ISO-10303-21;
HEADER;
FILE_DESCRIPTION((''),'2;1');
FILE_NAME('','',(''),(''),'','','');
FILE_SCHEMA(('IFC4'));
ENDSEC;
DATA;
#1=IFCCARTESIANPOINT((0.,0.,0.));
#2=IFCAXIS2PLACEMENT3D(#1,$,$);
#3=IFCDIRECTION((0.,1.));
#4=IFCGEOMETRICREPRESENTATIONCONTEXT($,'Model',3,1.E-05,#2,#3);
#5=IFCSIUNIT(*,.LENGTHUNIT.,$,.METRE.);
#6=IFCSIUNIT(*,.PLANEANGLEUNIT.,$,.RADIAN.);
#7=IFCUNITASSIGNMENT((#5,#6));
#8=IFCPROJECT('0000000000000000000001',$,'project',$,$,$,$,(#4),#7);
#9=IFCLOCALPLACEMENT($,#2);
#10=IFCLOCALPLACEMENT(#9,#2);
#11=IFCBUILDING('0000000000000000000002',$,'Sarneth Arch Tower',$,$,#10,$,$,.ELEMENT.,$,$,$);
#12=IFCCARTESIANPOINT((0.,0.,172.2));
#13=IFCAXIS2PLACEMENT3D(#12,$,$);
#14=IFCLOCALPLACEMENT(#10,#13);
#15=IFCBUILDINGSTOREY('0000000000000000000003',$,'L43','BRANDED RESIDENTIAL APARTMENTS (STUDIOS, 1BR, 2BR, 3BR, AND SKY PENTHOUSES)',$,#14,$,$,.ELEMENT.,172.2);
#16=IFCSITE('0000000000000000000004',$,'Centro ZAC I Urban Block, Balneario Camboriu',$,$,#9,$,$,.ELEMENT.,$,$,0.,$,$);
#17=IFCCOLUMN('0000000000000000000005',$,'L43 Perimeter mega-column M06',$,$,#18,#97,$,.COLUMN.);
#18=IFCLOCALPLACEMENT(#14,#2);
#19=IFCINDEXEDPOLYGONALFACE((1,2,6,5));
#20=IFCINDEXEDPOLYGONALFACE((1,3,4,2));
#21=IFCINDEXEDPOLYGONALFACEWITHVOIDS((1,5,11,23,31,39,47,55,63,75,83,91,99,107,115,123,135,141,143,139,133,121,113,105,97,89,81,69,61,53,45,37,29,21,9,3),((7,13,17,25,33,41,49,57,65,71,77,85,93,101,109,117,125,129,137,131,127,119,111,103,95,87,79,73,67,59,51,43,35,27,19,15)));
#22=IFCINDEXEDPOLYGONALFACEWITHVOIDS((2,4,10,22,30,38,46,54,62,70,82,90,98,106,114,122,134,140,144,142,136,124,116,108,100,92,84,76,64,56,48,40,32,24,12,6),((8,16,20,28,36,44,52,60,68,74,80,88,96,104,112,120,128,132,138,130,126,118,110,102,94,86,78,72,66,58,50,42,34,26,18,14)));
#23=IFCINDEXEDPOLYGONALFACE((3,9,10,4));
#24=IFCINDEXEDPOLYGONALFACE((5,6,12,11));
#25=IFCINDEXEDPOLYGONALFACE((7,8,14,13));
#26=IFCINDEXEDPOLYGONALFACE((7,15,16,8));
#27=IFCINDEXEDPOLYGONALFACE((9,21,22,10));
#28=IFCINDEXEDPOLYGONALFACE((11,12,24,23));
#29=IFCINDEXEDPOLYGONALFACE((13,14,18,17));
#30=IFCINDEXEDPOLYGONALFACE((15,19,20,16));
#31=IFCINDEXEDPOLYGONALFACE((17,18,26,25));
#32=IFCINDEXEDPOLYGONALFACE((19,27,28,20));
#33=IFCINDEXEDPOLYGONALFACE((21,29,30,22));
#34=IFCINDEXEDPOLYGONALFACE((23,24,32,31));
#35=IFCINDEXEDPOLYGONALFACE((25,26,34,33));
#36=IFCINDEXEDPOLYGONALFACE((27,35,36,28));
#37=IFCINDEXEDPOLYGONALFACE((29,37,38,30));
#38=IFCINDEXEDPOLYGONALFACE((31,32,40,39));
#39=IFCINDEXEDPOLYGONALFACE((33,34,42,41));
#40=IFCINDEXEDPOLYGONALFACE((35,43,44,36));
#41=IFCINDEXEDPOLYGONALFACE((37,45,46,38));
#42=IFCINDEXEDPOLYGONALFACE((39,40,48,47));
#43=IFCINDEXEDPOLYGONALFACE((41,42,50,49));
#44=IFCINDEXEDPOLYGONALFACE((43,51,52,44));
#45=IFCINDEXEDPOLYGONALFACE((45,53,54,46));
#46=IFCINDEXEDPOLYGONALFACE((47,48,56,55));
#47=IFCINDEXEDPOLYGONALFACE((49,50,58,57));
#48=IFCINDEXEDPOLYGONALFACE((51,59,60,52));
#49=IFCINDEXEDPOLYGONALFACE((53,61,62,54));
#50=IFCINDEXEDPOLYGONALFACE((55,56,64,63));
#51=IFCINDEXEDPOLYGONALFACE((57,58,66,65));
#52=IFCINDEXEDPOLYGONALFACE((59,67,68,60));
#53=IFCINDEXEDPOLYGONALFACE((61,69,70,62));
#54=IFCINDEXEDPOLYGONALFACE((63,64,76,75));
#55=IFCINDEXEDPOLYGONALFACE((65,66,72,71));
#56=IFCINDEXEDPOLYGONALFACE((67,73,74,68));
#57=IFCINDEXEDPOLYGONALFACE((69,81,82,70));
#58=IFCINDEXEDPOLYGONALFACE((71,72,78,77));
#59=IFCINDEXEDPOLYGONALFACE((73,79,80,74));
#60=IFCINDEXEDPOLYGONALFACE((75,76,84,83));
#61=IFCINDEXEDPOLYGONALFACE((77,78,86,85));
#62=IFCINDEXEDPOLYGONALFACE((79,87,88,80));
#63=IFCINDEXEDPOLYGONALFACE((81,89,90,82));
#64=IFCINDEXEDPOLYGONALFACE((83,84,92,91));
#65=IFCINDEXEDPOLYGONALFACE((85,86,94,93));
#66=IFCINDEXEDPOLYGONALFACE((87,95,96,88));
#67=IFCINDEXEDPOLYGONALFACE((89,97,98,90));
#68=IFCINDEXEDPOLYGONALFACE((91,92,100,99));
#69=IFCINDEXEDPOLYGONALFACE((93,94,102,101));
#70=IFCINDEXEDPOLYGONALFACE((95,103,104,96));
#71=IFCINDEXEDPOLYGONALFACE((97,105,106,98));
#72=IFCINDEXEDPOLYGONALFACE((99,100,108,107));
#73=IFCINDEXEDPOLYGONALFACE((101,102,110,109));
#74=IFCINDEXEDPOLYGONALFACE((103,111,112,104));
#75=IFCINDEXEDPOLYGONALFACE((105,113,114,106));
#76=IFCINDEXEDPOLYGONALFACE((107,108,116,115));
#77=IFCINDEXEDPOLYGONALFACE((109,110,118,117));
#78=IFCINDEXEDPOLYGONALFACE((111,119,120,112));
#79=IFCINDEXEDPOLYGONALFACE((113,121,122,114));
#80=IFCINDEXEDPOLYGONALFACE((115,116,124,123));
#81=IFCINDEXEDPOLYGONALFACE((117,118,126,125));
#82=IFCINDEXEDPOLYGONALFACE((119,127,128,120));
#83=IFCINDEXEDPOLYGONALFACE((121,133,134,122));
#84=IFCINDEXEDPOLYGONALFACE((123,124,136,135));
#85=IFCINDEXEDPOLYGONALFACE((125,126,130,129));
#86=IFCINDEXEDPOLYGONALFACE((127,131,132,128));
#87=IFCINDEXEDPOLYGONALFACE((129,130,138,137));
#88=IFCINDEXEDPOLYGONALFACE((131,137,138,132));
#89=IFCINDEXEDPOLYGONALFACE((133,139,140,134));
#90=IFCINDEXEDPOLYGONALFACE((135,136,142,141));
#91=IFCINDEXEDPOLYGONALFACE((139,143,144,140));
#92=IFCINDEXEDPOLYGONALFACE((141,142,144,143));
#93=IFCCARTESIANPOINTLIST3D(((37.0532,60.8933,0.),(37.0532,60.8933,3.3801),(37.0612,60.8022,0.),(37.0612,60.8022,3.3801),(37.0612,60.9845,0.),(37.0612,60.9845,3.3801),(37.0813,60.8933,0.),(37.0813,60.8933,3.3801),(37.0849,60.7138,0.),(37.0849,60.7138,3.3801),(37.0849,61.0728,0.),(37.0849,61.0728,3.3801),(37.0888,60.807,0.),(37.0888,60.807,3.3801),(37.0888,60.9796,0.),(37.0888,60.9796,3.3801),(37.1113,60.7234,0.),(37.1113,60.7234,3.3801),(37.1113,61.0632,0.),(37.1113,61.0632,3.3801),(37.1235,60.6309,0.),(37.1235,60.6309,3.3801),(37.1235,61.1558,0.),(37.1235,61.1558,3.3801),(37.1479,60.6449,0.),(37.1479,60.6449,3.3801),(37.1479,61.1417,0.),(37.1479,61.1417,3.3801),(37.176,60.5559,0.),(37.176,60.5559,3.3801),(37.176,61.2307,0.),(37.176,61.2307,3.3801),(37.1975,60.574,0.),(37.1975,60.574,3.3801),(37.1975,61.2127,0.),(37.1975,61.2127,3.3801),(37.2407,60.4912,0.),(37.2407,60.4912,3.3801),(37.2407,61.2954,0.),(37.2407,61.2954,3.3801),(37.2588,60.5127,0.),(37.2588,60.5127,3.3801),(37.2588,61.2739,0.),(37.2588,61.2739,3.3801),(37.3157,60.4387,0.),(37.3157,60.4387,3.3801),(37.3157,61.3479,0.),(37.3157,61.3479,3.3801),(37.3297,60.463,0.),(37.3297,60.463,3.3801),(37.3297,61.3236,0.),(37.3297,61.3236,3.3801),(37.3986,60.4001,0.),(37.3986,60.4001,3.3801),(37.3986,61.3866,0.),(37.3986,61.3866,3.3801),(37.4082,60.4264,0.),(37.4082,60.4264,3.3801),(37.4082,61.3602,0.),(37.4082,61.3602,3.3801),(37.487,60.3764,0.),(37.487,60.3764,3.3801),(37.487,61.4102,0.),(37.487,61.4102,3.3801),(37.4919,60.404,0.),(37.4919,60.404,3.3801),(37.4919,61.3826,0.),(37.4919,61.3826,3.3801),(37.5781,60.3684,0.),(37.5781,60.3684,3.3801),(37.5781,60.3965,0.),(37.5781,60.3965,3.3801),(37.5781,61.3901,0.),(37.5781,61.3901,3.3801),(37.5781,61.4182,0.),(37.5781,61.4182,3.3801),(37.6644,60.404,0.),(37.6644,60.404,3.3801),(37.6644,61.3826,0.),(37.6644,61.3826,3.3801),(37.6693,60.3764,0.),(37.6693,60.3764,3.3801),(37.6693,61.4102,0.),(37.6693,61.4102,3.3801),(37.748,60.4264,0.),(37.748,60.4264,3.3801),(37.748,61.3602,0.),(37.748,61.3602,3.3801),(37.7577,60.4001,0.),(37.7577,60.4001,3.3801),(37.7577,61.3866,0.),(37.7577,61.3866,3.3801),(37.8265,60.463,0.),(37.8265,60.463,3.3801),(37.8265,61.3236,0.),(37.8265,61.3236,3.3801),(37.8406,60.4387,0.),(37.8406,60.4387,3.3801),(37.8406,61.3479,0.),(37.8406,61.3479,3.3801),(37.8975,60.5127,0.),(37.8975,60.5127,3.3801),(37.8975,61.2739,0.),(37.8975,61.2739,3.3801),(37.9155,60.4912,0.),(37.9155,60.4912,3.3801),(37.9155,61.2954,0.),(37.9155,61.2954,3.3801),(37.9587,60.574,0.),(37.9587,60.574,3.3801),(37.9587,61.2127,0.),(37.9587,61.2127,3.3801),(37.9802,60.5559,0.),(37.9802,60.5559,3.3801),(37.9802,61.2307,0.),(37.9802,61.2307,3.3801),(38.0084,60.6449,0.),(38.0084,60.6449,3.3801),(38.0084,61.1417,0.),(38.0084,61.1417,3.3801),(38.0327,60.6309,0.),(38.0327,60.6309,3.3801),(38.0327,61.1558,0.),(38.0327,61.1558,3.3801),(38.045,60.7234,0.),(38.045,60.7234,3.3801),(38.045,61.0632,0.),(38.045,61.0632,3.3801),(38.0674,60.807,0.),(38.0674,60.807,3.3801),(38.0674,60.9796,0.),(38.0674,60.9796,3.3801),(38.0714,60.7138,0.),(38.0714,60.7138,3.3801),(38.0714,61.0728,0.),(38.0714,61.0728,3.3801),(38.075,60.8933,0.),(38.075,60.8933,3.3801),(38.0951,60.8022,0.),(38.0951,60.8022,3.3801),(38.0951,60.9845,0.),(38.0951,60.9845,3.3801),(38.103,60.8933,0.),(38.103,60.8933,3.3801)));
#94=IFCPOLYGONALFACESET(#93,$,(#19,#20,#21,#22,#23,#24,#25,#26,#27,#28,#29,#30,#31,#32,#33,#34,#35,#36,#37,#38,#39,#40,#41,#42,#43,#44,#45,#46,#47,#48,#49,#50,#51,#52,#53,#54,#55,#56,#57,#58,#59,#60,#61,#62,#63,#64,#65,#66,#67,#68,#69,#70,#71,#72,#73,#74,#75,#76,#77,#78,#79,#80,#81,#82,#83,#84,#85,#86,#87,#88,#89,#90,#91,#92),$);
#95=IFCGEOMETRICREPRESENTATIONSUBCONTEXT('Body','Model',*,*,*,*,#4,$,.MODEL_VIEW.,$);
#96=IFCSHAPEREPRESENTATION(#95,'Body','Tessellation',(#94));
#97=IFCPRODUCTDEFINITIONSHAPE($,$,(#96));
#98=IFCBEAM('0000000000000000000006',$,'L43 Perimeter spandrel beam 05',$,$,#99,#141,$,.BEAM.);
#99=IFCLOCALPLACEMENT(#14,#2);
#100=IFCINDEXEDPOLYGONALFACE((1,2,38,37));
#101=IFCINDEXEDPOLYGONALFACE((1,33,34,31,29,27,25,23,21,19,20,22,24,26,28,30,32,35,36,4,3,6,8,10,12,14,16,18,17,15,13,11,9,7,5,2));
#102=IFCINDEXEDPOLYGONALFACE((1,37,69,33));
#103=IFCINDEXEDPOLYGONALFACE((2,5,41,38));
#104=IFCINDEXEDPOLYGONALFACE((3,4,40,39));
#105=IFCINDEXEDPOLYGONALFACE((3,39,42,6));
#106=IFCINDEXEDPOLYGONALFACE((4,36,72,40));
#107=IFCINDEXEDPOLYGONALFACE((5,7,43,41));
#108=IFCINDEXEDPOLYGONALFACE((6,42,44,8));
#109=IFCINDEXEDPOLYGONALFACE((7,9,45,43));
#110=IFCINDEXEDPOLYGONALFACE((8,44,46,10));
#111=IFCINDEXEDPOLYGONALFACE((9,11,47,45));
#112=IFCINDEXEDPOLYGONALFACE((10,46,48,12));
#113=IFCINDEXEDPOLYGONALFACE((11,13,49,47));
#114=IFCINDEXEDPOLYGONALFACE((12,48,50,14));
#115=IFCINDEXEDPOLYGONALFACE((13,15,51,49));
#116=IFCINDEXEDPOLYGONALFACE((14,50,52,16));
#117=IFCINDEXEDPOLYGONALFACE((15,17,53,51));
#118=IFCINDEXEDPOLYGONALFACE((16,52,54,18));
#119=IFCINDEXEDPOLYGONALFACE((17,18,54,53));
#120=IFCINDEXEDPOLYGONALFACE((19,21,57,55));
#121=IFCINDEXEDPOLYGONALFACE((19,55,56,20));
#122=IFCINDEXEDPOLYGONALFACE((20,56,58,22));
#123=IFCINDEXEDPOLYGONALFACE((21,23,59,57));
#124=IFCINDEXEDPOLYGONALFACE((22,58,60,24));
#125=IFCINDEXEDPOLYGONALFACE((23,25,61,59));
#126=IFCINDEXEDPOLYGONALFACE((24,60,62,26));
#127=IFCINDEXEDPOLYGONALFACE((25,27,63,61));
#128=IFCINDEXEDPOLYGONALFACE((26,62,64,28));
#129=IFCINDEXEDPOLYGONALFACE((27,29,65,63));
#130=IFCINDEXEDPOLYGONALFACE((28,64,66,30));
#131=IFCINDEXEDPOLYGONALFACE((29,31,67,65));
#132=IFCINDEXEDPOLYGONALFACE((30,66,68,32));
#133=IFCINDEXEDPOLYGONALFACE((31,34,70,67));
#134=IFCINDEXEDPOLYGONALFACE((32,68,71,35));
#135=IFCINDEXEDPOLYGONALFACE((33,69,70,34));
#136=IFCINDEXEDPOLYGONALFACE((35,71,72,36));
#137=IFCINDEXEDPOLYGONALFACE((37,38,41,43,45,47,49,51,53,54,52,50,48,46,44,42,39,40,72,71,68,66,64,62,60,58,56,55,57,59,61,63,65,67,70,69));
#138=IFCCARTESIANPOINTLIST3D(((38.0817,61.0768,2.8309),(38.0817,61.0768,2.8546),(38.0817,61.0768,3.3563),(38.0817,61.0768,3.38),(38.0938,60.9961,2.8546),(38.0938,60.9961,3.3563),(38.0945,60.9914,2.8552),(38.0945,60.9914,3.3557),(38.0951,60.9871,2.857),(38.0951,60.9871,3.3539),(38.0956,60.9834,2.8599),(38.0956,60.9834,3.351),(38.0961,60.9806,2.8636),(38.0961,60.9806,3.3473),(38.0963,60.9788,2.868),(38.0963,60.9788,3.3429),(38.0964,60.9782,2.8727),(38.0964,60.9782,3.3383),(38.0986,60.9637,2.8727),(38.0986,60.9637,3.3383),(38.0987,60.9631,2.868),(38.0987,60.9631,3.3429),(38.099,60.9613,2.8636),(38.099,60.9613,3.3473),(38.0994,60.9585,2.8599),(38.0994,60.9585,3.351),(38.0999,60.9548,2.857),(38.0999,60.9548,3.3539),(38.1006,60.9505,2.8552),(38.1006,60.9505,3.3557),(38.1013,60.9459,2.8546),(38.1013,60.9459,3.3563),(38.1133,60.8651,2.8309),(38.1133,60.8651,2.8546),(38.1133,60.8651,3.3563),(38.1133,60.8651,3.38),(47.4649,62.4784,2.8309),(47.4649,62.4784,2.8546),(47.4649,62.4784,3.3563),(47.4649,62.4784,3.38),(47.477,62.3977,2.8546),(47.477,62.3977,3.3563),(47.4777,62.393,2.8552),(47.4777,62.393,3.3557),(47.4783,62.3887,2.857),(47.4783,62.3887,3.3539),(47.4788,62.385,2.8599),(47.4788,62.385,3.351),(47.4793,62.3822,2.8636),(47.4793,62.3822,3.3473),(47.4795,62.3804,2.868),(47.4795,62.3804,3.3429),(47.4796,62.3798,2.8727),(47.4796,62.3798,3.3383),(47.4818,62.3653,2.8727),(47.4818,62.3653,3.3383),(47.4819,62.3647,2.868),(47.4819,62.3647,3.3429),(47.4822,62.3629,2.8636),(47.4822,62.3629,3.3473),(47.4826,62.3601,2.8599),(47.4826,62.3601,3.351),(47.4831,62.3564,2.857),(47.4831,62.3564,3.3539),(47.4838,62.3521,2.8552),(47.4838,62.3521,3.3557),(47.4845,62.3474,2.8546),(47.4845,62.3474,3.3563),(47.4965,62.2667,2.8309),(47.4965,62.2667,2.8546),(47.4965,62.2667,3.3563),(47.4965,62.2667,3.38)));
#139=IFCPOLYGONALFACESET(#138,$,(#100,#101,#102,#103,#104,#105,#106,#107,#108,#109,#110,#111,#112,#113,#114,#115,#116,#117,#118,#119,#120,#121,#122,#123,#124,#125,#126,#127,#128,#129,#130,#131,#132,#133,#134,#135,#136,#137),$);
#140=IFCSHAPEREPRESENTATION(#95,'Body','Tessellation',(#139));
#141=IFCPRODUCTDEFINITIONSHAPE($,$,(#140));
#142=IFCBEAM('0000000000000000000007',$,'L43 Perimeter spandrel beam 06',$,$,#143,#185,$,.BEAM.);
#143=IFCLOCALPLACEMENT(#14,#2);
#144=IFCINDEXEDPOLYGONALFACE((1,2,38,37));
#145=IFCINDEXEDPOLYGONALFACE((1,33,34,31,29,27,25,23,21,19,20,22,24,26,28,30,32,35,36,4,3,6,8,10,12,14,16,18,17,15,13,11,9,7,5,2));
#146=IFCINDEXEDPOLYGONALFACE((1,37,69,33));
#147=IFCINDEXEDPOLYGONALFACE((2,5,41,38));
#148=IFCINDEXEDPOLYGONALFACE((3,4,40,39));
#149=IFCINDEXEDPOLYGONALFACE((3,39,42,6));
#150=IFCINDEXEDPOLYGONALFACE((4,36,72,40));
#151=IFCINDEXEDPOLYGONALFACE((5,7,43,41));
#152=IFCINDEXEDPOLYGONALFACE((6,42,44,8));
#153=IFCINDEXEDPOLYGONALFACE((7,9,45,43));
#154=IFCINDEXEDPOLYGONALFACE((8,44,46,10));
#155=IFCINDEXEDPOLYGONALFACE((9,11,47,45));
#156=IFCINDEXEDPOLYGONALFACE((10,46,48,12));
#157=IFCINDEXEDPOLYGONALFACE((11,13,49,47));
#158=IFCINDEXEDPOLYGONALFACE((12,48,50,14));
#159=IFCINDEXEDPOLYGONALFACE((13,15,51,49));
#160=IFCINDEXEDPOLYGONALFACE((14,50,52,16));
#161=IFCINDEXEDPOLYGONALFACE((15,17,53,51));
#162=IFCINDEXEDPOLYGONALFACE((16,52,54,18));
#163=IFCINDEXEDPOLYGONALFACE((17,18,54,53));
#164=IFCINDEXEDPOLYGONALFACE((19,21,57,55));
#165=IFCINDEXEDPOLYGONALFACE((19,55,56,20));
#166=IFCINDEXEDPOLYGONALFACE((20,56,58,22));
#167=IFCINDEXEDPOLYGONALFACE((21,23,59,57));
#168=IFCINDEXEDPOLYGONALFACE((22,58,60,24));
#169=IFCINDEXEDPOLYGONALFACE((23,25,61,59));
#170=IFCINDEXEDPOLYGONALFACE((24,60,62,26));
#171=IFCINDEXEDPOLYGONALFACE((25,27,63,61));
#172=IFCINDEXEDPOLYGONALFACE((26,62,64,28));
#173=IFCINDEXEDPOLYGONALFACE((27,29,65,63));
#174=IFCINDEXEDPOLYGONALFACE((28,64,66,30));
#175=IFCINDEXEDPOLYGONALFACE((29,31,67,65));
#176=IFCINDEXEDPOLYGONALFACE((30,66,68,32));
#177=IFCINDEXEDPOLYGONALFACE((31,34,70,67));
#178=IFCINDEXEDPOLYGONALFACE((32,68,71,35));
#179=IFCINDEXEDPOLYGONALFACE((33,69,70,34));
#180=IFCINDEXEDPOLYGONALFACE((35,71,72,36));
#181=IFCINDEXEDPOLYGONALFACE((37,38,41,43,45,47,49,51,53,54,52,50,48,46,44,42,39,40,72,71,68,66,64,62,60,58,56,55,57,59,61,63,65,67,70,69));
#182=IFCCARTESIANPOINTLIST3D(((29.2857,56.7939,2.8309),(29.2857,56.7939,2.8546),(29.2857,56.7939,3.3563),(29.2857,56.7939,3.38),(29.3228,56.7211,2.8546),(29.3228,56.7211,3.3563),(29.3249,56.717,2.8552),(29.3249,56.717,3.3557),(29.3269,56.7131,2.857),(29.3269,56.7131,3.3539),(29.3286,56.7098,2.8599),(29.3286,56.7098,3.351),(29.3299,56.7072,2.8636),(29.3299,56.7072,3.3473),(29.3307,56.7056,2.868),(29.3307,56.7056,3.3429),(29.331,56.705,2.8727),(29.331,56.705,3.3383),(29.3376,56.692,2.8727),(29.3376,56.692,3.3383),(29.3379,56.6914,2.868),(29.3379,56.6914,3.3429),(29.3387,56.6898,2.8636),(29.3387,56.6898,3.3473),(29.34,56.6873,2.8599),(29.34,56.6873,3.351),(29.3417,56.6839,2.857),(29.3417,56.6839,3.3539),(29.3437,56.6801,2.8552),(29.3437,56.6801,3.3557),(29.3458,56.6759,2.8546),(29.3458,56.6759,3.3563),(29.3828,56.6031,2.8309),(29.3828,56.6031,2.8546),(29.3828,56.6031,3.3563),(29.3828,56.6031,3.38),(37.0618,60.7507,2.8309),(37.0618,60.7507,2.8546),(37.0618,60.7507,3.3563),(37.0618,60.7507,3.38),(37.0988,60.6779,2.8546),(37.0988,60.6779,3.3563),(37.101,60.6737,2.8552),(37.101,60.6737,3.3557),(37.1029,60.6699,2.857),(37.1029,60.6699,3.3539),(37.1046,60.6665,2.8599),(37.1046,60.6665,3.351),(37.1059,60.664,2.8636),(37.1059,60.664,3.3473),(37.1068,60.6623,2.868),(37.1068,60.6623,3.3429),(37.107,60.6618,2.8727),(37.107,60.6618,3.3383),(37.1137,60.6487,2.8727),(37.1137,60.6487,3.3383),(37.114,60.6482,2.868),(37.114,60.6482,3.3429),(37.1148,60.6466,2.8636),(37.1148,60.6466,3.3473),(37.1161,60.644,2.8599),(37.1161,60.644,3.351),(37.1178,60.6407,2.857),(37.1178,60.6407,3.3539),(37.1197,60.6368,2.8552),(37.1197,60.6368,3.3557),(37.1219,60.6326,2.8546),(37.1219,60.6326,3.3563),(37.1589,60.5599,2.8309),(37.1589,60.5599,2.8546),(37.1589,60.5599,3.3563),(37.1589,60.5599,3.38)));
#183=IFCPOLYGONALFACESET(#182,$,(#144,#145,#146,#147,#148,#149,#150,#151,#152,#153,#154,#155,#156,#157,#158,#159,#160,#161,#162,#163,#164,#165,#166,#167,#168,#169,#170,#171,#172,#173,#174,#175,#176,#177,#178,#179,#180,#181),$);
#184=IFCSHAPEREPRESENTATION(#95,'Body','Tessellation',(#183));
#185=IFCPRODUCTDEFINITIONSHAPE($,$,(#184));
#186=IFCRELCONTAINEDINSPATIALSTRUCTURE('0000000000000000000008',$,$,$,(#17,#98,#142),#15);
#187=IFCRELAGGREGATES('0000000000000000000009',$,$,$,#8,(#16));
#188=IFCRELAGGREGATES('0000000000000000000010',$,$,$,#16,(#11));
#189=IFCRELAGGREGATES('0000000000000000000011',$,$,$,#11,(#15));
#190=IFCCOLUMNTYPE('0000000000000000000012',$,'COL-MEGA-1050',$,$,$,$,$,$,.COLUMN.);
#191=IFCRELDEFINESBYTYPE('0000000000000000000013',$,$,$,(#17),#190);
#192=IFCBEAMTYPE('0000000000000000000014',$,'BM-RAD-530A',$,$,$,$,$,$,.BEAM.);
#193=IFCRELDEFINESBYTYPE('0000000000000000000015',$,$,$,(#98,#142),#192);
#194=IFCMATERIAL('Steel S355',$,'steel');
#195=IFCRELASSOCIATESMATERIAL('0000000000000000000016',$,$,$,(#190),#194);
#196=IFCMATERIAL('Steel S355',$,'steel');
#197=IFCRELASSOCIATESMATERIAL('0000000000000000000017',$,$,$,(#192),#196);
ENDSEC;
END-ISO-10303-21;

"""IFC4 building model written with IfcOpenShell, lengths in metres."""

from ifc_helpers import new_model, si_unit, direction, frame, origin, origin_2d, place, context, subcontext, project, spatial, hollow_circle, i_section, extrude, material, material_profile, profile_set, type_object, element, save


model = new_model("IFC4")

# Units and contexts
model_context = context("Model", 3, precision=1e-05, world=origin(), true_north=direction((0.0, 1.0)))
body_context = subcontext(model_context, "Body", "Model", "MODEL_VIEW")
ifc_project = project(units=[si_unit("LENGTHUNIT", "METRE"), si_unit("PLANEANGLEUNIT", "RADIAN")], contexts=[model_context])

# Site, building, storey
site_placement = place(None, origin())
site = spatial("IfcSite", under=ifc_project, at=site_placement, Name="Centro ZAC I Urban Block, Balneario Camboriu", CompositionType="ELEMENT", RefElevation=0.0)
building_placement = place(site_placement, origin())
building = spatial("IfcBuilding", under=site, at=building_placement, Name="Sarneth Arch Tower", CompositionType="ELEMENT")
storey_placement = place(building_placement, frame((0.0, 0.0, 172.2)))
storey = spatial("IfcBuildingStorey", under=building, at=storey_placement, Name="L43", Description="BRANDED RESIDENTIAL APARTMENTS (STUDIOS, 1BR, 2BR, 3BR, AND SKY PENTHOUSES)", CompositionType="ELEMENT", Elevation=172.2)

# Column
ifc_material_1 = material(Name="Steel S355", Category="steel")
ifc_material_profile_1 = material_profile(ifc_material_1, hollow_circle(Radius=0.5249, WallThickness=0.0281, at=origin_2d()), Name="CHS1050x28")
ifc_profile_set_1 = profile_set([ifc_material_profile_1], Name="Steel S355")
column_type = type_object("IfcColumnType", Name="COL-MEGA-1050", PredefinedType="COLUMN", material=ifc_profile_set_1)
column_placement = place(storey_placement, frame((37.5781, 60.8933, 0.0), z_axis=(0.0, 0.0, 1.0), x_axis=(1.0, 0.0, 0.0)))
element("IfcColumn", 1, at=column_placement, inside=storey, type_object=column_type, Name="L43 Perimeter mega-column M06", PredefinedType="COLUMN", context=body_context, shape_type="SweptSolid", body=[
    extrude(hollow_circle(Radius=0.5249, WallThickness=0.0281, at=origin_2d()), origin(), (0.0, 0.0, 1.0), 3.3801),
])

# Beams
ifc_material_2 = material(Name="Steel S355", Category="steel")
ifc_material_profile_2 = material_profile(ifc_material_2, i_section(OverallWidth=0.2141, OverallDepth=0.5491, WebThickness=0.0146, FlangeThickness=0.0237, FilletRadius=0.0181, at=origin_2d()), Name="W530x138")
ifc_profile_set_2 = profile_set([ifc_material_profile_2], Name="Steel S355")
beam_type = type_object("IfcBeamType", Name="BM-RAD-530A", PredefinedType="BEAM", material=ifc_profile_set_2)
beam_1_placement = place(storey_placement, frame((47.4807, 62.3726, 3.1055), z_axis=(-0.989027, -0.147734, 0.0), x_axis=(0.147734, -0.989027, 0.0)))
element("IfcBeam", 2, at=beam_1_placement, inside=storey, type_object=beam_type, Name="L43 Perimeter spandrel beam 05", PredefinedType="BEAM", context=body_context, shape_type="SweptSolid", body=[
    extrude(i_section(OverallWidth=0.2141, OverallDepth=0.5491, WebThickness=0.0146, FlangeThickness=0.0237, FilletRadius=0.0181, at=origin_2d()), origin(), (0.0, 0.0, 1.0), 9.4873),
])
beam_2_placement = place(storey_placement, frame((37.1104, 60.6553, 3.1055), z_axis=(-0.891254, -0.453504, 0.0), x_axis=(0.453504, -0.891254, 0.0)))
element("IfcBeam", 3, at=beam_2_placement, inside=storey, type_object=beam_type, Name="L43 Perimeter spandrel beam 06", PredefinedType="BEAM", context=body_context, shape_type="SweptSolid", body=[
    extrude(i_section(OverallWidth=0.2141, OverallDepth=0.5491, WebThickness=0.0146, FlangeThickness=0.0237, FilletRadius=0.0181, at=origin_2d()), origin(), (0.0, 0.0, 1.0), 8.7249),
])

save(model, "model.ifc")
